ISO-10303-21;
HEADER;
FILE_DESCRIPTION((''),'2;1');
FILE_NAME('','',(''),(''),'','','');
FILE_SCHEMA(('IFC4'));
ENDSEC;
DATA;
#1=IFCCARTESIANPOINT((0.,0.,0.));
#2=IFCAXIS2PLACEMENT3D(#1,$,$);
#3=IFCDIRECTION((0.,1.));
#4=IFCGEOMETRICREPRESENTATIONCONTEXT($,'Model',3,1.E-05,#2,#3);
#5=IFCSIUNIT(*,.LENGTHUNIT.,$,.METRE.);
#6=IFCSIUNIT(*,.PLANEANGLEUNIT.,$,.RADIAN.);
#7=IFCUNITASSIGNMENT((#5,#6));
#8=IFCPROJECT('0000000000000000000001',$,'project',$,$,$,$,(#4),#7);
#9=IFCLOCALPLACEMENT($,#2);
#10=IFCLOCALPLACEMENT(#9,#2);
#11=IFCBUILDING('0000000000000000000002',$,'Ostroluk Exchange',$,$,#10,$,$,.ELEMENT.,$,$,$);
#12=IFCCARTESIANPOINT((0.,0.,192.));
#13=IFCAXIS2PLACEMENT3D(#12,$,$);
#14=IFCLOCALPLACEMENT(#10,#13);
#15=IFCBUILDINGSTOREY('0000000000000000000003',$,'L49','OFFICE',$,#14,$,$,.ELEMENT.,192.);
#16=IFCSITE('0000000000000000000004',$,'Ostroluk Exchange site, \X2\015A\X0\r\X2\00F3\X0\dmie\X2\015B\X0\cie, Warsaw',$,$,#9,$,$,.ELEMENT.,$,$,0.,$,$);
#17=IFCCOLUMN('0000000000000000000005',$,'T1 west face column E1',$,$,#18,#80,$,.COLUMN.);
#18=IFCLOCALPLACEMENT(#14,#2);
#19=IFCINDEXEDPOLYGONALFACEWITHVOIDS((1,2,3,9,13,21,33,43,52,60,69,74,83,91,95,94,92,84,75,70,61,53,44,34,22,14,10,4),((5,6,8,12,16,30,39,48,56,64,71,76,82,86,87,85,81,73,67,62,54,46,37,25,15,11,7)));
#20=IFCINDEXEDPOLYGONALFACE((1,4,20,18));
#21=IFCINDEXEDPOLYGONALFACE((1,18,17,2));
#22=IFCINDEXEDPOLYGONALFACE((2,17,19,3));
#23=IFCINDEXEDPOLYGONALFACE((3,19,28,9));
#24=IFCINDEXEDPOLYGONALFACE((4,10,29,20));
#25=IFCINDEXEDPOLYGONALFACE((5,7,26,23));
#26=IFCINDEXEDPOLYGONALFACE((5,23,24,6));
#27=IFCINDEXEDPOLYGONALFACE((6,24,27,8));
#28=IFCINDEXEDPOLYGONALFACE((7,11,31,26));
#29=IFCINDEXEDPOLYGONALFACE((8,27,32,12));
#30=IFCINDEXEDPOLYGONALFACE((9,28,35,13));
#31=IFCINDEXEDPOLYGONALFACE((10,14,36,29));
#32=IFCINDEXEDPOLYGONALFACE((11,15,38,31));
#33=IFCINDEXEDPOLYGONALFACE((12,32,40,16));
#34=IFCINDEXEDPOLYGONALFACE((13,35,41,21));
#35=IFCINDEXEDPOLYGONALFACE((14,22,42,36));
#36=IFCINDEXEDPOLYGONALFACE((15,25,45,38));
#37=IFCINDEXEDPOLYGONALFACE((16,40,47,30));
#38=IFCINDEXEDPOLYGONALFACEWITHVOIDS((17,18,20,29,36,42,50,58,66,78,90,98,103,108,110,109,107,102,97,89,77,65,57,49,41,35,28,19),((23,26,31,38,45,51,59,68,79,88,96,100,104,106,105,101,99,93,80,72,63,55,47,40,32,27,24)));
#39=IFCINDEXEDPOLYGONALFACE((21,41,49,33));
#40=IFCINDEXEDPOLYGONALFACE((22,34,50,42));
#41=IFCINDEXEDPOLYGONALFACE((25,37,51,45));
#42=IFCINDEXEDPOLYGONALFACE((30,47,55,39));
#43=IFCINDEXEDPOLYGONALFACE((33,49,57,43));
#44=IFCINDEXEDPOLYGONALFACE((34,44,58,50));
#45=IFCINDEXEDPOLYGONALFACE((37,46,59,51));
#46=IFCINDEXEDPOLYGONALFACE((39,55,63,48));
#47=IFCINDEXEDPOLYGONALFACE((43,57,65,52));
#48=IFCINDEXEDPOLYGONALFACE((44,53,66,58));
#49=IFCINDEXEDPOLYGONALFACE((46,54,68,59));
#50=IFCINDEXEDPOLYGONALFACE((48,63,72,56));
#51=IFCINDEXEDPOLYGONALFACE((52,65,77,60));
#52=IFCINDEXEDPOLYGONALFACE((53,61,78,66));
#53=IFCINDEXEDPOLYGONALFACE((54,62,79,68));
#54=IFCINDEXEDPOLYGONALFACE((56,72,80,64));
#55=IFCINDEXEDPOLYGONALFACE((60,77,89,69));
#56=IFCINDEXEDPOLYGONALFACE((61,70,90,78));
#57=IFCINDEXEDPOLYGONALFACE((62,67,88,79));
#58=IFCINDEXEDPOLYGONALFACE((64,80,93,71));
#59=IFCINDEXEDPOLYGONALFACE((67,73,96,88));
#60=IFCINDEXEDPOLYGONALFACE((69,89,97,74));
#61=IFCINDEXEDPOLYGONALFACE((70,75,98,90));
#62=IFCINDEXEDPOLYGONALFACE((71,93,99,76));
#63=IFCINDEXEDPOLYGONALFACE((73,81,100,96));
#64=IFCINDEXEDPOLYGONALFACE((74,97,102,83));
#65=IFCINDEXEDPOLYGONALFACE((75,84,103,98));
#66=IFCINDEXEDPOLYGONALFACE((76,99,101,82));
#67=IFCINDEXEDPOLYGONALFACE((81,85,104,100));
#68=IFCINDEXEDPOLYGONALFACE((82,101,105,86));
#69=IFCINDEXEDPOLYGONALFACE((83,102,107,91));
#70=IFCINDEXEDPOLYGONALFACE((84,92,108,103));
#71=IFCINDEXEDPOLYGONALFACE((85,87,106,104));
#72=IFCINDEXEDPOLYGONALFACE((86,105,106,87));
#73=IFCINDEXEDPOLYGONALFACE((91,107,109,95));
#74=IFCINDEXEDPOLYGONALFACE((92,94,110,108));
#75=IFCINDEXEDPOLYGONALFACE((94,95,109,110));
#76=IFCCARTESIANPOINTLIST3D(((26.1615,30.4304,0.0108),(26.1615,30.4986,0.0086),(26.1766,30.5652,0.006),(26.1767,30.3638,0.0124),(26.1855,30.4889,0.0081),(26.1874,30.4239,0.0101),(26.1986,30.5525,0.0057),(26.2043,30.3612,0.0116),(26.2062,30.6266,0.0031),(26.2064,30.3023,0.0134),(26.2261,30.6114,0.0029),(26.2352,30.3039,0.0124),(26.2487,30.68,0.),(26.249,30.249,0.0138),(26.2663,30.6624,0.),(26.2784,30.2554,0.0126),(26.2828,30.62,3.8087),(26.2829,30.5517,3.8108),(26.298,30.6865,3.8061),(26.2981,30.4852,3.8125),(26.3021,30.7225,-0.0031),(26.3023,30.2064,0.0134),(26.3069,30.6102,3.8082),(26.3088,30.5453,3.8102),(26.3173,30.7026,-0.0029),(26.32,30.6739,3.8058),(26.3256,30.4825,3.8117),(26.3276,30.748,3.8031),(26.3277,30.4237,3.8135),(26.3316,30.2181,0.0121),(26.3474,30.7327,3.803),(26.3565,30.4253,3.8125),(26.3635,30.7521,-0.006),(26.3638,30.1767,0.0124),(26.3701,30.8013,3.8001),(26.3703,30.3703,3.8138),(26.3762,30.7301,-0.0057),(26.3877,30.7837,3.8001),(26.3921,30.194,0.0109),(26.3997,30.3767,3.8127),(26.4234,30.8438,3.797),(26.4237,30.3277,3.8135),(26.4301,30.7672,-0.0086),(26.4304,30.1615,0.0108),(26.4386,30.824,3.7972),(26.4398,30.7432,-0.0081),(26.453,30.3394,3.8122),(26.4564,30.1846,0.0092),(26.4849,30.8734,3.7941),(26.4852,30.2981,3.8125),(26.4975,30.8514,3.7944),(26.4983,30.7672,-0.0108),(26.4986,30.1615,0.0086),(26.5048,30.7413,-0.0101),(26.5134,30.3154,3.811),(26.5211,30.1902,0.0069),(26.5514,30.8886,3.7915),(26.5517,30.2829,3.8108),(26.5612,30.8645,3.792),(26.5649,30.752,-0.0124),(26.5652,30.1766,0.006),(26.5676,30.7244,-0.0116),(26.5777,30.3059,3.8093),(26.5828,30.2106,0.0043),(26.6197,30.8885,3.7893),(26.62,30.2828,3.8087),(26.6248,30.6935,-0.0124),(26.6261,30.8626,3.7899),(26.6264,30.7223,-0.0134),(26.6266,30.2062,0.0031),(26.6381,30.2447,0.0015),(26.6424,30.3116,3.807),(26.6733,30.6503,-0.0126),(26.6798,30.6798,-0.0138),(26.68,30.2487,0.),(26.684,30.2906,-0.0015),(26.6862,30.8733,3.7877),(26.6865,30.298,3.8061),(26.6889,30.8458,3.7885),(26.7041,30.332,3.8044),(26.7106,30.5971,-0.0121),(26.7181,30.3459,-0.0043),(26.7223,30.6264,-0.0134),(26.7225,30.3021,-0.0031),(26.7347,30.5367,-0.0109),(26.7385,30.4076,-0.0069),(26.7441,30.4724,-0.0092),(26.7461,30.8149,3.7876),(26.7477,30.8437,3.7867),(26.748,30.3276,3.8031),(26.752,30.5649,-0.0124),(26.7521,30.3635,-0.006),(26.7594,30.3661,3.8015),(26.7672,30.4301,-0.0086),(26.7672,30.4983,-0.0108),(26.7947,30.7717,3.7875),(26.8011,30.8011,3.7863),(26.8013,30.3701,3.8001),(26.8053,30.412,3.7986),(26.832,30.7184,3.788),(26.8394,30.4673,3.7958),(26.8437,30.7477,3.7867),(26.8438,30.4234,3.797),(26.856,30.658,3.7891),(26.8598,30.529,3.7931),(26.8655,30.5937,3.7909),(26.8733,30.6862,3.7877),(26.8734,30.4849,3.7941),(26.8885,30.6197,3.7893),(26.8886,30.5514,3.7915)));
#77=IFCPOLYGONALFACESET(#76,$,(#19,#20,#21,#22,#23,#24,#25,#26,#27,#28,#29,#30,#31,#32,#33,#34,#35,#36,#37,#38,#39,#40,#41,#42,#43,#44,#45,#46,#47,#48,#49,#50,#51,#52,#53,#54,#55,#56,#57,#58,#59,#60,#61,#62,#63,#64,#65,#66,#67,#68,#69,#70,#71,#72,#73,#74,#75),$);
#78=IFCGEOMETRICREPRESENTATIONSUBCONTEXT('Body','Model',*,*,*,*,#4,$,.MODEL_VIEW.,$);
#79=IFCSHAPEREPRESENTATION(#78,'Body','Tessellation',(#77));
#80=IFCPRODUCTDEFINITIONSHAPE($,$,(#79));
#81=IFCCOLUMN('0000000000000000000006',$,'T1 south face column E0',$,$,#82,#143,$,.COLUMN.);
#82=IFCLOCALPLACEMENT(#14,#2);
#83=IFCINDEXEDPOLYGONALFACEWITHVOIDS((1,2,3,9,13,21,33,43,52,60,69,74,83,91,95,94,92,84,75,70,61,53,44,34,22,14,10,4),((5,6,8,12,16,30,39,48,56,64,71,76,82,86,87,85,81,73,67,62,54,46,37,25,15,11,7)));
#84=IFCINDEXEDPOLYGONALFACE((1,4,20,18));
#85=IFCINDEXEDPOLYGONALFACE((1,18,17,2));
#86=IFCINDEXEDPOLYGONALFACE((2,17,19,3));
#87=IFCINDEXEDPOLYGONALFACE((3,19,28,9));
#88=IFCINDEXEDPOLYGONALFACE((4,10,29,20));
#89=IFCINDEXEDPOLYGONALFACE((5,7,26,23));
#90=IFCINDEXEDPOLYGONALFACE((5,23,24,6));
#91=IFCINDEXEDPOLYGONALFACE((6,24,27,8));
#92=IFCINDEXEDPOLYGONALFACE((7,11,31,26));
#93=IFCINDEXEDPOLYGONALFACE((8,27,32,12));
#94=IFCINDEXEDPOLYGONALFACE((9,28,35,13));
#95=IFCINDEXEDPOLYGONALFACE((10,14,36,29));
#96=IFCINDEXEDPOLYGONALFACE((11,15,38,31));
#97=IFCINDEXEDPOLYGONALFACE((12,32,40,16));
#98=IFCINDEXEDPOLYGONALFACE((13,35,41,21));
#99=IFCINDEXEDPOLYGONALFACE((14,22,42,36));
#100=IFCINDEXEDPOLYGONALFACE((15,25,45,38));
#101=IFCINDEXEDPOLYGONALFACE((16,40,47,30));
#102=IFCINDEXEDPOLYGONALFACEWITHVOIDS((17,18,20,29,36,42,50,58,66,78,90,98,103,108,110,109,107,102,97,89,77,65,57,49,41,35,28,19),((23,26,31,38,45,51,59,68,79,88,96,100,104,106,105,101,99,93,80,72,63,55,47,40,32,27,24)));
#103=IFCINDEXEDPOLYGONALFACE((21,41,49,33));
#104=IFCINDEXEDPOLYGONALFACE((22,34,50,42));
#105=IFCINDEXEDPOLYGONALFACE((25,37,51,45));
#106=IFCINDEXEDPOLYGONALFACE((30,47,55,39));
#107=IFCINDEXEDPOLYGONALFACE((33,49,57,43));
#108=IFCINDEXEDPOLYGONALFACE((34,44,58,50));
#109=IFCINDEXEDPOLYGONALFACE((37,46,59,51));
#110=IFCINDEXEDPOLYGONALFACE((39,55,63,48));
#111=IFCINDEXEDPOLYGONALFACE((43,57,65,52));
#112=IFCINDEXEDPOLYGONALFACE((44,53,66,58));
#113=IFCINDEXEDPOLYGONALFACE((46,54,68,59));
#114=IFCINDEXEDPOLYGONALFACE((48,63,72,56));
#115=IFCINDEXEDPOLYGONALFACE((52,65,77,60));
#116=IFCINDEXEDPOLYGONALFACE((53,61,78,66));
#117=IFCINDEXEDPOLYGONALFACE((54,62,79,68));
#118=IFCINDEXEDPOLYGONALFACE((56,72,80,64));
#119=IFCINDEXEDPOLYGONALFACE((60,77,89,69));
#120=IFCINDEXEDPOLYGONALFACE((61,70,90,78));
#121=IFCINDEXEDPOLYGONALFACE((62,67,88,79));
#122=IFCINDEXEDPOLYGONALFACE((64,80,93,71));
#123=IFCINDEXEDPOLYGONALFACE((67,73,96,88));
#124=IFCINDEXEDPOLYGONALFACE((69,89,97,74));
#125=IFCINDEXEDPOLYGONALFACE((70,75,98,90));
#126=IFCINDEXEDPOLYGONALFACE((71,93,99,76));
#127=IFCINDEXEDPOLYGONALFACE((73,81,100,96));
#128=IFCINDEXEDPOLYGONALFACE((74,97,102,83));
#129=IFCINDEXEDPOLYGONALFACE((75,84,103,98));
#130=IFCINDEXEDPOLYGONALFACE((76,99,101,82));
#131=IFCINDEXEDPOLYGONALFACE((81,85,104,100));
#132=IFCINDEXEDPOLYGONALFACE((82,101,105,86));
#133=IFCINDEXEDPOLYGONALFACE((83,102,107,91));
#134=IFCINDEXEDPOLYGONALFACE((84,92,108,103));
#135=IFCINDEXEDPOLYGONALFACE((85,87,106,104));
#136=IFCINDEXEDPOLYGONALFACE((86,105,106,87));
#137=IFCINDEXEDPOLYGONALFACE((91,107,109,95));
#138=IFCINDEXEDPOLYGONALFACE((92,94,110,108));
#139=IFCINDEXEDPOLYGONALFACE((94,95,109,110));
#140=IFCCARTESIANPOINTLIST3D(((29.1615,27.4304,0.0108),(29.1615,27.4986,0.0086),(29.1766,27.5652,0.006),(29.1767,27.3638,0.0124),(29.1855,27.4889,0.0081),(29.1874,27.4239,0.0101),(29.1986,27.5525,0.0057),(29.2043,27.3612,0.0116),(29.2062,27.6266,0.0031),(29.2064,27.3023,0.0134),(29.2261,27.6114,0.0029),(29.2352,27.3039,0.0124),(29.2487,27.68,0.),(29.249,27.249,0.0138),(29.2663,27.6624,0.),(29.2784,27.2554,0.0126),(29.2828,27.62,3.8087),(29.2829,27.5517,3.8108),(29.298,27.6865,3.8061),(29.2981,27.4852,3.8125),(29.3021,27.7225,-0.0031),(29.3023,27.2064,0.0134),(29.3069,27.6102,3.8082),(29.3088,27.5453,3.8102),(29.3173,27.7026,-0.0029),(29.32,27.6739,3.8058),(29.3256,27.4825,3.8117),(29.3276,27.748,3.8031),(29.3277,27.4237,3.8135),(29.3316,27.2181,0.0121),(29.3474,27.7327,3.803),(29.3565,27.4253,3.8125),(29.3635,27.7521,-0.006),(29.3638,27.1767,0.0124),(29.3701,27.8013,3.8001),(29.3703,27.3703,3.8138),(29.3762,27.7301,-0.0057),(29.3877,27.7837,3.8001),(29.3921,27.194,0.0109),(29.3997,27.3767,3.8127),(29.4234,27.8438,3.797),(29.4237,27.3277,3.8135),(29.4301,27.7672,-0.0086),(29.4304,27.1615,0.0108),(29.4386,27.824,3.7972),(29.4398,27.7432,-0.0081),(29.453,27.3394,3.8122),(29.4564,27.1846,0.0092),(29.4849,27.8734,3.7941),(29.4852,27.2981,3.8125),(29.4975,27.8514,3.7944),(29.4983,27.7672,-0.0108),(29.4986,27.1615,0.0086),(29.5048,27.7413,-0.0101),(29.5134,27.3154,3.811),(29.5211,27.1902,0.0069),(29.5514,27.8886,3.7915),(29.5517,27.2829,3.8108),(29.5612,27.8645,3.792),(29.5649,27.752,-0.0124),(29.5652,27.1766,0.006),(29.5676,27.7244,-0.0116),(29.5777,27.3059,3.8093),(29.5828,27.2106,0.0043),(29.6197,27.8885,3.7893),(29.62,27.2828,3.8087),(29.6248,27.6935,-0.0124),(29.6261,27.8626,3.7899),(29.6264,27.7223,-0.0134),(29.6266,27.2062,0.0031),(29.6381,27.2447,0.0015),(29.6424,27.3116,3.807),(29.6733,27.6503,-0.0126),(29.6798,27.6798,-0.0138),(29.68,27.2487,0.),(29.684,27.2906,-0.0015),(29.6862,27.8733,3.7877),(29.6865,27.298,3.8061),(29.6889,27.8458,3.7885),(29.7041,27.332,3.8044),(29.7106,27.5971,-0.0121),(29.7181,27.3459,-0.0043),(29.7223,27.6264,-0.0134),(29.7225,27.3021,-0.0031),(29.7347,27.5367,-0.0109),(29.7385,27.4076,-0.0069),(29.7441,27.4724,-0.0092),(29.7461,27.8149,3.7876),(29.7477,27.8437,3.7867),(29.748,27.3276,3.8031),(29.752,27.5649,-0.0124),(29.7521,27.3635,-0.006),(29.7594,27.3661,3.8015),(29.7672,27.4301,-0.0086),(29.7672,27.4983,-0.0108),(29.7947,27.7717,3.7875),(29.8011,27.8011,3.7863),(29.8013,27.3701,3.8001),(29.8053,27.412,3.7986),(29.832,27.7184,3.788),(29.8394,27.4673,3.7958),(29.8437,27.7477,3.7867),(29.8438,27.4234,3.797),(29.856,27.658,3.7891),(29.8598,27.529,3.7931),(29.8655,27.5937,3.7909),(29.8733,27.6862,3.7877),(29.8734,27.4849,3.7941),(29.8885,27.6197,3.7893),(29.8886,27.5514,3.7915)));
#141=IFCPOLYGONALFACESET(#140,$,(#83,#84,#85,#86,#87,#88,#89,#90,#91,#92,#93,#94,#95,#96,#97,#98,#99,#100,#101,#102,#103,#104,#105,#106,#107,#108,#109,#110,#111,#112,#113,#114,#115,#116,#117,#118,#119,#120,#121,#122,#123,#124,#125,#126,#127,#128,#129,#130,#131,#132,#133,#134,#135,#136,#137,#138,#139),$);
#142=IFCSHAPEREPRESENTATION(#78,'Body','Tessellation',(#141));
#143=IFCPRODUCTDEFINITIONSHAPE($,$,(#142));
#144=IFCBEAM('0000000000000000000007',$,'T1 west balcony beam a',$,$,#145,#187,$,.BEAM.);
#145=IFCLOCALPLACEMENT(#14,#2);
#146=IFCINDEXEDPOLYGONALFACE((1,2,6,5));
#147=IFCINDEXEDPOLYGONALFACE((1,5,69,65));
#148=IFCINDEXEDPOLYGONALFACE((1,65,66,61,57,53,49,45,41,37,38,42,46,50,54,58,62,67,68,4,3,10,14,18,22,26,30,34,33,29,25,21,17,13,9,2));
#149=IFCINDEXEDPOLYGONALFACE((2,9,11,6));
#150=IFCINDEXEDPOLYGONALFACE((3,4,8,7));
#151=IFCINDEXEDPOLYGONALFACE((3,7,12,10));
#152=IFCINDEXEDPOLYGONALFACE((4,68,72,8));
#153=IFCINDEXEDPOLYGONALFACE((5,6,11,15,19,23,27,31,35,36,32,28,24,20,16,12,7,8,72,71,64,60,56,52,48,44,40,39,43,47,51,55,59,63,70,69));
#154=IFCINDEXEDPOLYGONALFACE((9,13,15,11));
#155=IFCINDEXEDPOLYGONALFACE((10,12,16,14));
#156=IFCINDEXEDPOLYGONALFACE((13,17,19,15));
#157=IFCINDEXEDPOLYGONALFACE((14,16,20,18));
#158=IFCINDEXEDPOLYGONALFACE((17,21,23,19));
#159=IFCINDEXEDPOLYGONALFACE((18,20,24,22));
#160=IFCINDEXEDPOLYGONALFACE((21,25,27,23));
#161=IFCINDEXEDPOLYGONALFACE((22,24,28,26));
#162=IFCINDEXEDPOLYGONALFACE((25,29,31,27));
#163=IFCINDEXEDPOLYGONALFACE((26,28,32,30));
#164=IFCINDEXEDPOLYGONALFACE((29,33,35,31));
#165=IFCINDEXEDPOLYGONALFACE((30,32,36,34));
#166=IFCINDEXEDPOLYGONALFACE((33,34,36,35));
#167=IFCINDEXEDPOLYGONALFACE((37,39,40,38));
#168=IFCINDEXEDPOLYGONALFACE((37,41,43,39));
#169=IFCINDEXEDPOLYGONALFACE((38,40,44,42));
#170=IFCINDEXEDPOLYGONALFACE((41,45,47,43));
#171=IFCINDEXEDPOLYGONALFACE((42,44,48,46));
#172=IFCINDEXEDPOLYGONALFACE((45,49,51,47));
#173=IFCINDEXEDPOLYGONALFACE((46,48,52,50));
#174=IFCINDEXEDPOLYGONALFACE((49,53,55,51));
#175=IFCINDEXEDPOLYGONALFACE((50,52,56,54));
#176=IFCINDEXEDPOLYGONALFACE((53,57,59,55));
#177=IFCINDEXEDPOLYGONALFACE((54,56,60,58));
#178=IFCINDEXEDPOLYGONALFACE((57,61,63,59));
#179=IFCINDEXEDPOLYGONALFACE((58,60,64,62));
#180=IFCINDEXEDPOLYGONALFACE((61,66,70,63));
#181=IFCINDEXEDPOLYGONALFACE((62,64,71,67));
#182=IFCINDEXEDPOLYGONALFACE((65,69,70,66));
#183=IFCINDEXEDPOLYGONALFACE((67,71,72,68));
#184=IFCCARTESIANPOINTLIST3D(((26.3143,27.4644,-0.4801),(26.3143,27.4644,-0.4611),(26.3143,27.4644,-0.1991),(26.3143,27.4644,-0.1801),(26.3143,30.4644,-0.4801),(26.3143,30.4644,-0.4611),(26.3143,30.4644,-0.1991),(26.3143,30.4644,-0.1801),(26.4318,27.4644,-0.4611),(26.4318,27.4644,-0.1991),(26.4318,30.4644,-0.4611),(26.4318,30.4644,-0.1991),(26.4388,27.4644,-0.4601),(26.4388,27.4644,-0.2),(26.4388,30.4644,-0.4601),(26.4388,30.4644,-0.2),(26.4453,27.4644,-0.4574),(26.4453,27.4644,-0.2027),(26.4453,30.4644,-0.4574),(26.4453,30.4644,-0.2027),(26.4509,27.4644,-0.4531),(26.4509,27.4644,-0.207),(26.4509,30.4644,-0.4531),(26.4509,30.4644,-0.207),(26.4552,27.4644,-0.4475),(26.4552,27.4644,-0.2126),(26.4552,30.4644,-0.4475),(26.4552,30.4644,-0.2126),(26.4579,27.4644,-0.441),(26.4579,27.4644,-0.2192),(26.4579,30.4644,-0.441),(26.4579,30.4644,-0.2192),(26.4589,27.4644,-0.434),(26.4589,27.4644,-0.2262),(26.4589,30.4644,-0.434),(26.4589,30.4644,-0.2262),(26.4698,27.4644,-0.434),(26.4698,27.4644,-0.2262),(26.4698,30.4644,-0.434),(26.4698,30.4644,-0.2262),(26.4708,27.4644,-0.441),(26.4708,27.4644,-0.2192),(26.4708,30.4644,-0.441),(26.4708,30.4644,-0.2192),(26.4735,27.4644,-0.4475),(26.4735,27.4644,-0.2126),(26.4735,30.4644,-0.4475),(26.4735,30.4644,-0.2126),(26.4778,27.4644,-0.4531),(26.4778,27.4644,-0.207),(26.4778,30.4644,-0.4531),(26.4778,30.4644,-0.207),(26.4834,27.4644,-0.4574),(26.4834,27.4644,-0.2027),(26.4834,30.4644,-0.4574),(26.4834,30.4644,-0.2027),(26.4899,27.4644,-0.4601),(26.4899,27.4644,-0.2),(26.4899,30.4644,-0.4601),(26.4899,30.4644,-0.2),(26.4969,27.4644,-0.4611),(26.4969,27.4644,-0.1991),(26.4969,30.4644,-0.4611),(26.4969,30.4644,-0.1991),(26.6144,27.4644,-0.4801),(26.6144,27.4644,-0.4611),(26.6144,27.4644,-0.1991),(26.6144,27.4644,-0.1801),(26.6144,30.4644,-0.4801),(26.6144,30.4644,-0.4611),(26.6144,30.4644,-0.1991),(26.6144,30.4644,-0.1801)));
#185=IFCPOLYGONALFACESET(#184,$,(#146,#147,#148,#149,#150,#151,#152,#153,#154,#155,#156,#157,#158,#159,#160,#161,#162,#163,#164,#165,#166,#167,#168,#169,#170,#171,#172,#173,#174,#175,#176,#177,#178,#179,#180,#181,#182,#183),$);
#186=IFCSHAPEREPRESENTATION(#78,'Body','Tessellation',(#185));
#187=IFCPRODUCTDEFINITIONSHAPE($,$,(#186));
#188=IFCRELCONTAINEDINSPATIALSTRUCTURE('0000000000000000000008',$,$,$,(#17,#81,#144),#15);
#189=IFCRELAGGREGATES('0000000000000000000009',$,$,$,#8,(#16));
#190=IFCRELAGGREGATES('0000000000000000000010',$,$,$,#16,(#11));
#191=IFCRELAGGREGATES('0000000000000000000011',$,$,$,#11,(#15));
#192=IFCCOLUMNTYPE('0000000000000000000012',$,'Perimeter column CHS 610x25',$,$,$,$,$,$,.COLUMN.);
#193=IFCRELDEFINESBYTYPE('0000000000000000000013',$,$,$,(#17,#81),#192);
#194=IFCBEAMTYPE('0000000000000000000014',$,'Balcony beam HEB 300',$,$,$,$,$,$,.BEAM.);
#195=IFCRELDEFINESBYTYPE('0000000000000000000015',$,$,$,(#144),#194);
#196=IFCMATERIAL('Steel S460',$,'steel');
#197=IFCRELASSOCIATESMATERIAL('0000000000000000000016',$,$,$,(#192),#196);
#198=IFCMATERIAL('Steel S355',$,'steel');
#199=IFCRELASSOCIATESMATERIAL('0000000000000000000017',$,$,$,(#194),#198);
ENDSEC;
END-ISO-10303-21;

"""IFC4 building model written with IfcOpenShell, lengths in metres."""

from ifc_helpers import new_model, si_unit, direction, frame, origin, origin_2d, place, context, subcontext, project, spatial, hollow_circle, i_section, extrude, material, material_profile, profile_set, type_object, element, save


model = new_model("IFC4")

# Units and contexts
model_context = context("Model", 3, precision=1e-05, world=origin(), true_north=direction((0.0, 1.0)))
body_context = subcontext(model_context, "Body", "Model", "MODEL_VIEW")
ifc_project = project(units=[si_unit("LENGTHUNIT", "METRE"), si_unit("PLANEANGLEUNIT", "RADIAN")], contexts=[model_context])

# Site, building, storey
site_placement = place(None, origin())
site = spatial("IfcSite", under=ifc_project, at=site_placement, Name="Ostroluk Exchange site, Śródmieście, Warsaw", CompositionType="ELEMENT", RefElevation=0.0)
building_placement = place(site_placement, origin())
building = spatial("IfcBuilding", under=site, at=building_placement, Name="Ostroluk Exchange", CompositionType="ELEMENT")
storey_placement = place(building_placement, frame((0.0, 0.0, 192.0)))
storey = spatial("IfcBuildingStorey", under=building, at=storey_placement, Name="L49", Description="OFFICE", CompositionType="ELEMENT", Elevation=192.0)

# Columns
ifc_material_1 = material(Name="Steel S460", Category="steel")
ifc_material_profile_1 = material_profile(ifc_material_1, hollow_circle(Radius=0.3049, WallThickness=0.0249, at=origin_2d()), Name="CHS 610x25")
ifc_profile_set_1 = profile_set([ifc_material_profile_1], Name="Steel S460")
column_type = type_object("IfcColumnType", Name="Perimeter column CHS 610x25", PredefinedType="COLUMN", material=ifc_profile_set_1)
for number, where, z_axis, x_axis, name in (
    (1, (26.4644, 30.4644, 0.0), (0.031898, 0.031898, 0.998982), (-0.707107, 0.707107, 0.0), "T1 west face column E1"),
    (2, (29.4644, 27.4644, 0.0), (0.031898, 0.031898, 0.998982), (-0.707107, 0.707107, 0.0), "T1 south face column E0"),
):
    element("IfcColumn", number, at=place(storey_placement, frame(where, z_axis=z_axis, x_axis=x_axis)), inside=storey, type_object=column_type, Name=name, PredefinedType="COLUMN", context=body_context, shape_type="SweptSolid", body=[
        extrude(hollow_circle(Radius=0.3049, WallThickness=0.0249, at=origin_2d()), origin(), (0.0, 0.0, 1.0), 3.804),
    ])

# Beam
ifc_material_2 = material(Name="Steel S355", Category="steel")
ifc_material_profile_2 = material_profile(ifc_material_2, i_section(OverallWidth=0.3, OverallDepth=0.3, WebThickness=0.011, FlangeThickness=0.019, FilletRadius=0.0271, at=origin_2d()), Name="HEB 300")
ifc_profile_set_2 = profile_set([ifc_material_profile_2], Name="Steel S355")
beam_type_1 = type_object("IfcBeamType", Name="Balcony beam HEB 300", PredefinedType="BEAM", material=ifc_profile_set_2)
for number, where, z_axis, x_axis, name in (
    (3, (26.4644, 30.4644, -0.3301), (0.0, -1.0, 0.0), (1.0, 0.0, 0.0), "T1 west balcony beam a"),
):
    element("IfcBeam", number, at=place(storey_placement, frame(where, z_axis=z_axis, x_axis=x_axis)), inside=storey, type_object=beam_type_1, Name=name, PredefinedType="BEAM", context=body_context, shape_type="SweptSolid", body=[
        extrude(i_section(OverallWidth=0.3, OverallDepth=0.3, WebThickness=0.011, FlangeThickness=0.019, FilletRadius=0.0271, at=origin_2d()), origin(), (0.0, 0.0, 1.0), 3.0),
    ])

save(model, "model.ifc")
